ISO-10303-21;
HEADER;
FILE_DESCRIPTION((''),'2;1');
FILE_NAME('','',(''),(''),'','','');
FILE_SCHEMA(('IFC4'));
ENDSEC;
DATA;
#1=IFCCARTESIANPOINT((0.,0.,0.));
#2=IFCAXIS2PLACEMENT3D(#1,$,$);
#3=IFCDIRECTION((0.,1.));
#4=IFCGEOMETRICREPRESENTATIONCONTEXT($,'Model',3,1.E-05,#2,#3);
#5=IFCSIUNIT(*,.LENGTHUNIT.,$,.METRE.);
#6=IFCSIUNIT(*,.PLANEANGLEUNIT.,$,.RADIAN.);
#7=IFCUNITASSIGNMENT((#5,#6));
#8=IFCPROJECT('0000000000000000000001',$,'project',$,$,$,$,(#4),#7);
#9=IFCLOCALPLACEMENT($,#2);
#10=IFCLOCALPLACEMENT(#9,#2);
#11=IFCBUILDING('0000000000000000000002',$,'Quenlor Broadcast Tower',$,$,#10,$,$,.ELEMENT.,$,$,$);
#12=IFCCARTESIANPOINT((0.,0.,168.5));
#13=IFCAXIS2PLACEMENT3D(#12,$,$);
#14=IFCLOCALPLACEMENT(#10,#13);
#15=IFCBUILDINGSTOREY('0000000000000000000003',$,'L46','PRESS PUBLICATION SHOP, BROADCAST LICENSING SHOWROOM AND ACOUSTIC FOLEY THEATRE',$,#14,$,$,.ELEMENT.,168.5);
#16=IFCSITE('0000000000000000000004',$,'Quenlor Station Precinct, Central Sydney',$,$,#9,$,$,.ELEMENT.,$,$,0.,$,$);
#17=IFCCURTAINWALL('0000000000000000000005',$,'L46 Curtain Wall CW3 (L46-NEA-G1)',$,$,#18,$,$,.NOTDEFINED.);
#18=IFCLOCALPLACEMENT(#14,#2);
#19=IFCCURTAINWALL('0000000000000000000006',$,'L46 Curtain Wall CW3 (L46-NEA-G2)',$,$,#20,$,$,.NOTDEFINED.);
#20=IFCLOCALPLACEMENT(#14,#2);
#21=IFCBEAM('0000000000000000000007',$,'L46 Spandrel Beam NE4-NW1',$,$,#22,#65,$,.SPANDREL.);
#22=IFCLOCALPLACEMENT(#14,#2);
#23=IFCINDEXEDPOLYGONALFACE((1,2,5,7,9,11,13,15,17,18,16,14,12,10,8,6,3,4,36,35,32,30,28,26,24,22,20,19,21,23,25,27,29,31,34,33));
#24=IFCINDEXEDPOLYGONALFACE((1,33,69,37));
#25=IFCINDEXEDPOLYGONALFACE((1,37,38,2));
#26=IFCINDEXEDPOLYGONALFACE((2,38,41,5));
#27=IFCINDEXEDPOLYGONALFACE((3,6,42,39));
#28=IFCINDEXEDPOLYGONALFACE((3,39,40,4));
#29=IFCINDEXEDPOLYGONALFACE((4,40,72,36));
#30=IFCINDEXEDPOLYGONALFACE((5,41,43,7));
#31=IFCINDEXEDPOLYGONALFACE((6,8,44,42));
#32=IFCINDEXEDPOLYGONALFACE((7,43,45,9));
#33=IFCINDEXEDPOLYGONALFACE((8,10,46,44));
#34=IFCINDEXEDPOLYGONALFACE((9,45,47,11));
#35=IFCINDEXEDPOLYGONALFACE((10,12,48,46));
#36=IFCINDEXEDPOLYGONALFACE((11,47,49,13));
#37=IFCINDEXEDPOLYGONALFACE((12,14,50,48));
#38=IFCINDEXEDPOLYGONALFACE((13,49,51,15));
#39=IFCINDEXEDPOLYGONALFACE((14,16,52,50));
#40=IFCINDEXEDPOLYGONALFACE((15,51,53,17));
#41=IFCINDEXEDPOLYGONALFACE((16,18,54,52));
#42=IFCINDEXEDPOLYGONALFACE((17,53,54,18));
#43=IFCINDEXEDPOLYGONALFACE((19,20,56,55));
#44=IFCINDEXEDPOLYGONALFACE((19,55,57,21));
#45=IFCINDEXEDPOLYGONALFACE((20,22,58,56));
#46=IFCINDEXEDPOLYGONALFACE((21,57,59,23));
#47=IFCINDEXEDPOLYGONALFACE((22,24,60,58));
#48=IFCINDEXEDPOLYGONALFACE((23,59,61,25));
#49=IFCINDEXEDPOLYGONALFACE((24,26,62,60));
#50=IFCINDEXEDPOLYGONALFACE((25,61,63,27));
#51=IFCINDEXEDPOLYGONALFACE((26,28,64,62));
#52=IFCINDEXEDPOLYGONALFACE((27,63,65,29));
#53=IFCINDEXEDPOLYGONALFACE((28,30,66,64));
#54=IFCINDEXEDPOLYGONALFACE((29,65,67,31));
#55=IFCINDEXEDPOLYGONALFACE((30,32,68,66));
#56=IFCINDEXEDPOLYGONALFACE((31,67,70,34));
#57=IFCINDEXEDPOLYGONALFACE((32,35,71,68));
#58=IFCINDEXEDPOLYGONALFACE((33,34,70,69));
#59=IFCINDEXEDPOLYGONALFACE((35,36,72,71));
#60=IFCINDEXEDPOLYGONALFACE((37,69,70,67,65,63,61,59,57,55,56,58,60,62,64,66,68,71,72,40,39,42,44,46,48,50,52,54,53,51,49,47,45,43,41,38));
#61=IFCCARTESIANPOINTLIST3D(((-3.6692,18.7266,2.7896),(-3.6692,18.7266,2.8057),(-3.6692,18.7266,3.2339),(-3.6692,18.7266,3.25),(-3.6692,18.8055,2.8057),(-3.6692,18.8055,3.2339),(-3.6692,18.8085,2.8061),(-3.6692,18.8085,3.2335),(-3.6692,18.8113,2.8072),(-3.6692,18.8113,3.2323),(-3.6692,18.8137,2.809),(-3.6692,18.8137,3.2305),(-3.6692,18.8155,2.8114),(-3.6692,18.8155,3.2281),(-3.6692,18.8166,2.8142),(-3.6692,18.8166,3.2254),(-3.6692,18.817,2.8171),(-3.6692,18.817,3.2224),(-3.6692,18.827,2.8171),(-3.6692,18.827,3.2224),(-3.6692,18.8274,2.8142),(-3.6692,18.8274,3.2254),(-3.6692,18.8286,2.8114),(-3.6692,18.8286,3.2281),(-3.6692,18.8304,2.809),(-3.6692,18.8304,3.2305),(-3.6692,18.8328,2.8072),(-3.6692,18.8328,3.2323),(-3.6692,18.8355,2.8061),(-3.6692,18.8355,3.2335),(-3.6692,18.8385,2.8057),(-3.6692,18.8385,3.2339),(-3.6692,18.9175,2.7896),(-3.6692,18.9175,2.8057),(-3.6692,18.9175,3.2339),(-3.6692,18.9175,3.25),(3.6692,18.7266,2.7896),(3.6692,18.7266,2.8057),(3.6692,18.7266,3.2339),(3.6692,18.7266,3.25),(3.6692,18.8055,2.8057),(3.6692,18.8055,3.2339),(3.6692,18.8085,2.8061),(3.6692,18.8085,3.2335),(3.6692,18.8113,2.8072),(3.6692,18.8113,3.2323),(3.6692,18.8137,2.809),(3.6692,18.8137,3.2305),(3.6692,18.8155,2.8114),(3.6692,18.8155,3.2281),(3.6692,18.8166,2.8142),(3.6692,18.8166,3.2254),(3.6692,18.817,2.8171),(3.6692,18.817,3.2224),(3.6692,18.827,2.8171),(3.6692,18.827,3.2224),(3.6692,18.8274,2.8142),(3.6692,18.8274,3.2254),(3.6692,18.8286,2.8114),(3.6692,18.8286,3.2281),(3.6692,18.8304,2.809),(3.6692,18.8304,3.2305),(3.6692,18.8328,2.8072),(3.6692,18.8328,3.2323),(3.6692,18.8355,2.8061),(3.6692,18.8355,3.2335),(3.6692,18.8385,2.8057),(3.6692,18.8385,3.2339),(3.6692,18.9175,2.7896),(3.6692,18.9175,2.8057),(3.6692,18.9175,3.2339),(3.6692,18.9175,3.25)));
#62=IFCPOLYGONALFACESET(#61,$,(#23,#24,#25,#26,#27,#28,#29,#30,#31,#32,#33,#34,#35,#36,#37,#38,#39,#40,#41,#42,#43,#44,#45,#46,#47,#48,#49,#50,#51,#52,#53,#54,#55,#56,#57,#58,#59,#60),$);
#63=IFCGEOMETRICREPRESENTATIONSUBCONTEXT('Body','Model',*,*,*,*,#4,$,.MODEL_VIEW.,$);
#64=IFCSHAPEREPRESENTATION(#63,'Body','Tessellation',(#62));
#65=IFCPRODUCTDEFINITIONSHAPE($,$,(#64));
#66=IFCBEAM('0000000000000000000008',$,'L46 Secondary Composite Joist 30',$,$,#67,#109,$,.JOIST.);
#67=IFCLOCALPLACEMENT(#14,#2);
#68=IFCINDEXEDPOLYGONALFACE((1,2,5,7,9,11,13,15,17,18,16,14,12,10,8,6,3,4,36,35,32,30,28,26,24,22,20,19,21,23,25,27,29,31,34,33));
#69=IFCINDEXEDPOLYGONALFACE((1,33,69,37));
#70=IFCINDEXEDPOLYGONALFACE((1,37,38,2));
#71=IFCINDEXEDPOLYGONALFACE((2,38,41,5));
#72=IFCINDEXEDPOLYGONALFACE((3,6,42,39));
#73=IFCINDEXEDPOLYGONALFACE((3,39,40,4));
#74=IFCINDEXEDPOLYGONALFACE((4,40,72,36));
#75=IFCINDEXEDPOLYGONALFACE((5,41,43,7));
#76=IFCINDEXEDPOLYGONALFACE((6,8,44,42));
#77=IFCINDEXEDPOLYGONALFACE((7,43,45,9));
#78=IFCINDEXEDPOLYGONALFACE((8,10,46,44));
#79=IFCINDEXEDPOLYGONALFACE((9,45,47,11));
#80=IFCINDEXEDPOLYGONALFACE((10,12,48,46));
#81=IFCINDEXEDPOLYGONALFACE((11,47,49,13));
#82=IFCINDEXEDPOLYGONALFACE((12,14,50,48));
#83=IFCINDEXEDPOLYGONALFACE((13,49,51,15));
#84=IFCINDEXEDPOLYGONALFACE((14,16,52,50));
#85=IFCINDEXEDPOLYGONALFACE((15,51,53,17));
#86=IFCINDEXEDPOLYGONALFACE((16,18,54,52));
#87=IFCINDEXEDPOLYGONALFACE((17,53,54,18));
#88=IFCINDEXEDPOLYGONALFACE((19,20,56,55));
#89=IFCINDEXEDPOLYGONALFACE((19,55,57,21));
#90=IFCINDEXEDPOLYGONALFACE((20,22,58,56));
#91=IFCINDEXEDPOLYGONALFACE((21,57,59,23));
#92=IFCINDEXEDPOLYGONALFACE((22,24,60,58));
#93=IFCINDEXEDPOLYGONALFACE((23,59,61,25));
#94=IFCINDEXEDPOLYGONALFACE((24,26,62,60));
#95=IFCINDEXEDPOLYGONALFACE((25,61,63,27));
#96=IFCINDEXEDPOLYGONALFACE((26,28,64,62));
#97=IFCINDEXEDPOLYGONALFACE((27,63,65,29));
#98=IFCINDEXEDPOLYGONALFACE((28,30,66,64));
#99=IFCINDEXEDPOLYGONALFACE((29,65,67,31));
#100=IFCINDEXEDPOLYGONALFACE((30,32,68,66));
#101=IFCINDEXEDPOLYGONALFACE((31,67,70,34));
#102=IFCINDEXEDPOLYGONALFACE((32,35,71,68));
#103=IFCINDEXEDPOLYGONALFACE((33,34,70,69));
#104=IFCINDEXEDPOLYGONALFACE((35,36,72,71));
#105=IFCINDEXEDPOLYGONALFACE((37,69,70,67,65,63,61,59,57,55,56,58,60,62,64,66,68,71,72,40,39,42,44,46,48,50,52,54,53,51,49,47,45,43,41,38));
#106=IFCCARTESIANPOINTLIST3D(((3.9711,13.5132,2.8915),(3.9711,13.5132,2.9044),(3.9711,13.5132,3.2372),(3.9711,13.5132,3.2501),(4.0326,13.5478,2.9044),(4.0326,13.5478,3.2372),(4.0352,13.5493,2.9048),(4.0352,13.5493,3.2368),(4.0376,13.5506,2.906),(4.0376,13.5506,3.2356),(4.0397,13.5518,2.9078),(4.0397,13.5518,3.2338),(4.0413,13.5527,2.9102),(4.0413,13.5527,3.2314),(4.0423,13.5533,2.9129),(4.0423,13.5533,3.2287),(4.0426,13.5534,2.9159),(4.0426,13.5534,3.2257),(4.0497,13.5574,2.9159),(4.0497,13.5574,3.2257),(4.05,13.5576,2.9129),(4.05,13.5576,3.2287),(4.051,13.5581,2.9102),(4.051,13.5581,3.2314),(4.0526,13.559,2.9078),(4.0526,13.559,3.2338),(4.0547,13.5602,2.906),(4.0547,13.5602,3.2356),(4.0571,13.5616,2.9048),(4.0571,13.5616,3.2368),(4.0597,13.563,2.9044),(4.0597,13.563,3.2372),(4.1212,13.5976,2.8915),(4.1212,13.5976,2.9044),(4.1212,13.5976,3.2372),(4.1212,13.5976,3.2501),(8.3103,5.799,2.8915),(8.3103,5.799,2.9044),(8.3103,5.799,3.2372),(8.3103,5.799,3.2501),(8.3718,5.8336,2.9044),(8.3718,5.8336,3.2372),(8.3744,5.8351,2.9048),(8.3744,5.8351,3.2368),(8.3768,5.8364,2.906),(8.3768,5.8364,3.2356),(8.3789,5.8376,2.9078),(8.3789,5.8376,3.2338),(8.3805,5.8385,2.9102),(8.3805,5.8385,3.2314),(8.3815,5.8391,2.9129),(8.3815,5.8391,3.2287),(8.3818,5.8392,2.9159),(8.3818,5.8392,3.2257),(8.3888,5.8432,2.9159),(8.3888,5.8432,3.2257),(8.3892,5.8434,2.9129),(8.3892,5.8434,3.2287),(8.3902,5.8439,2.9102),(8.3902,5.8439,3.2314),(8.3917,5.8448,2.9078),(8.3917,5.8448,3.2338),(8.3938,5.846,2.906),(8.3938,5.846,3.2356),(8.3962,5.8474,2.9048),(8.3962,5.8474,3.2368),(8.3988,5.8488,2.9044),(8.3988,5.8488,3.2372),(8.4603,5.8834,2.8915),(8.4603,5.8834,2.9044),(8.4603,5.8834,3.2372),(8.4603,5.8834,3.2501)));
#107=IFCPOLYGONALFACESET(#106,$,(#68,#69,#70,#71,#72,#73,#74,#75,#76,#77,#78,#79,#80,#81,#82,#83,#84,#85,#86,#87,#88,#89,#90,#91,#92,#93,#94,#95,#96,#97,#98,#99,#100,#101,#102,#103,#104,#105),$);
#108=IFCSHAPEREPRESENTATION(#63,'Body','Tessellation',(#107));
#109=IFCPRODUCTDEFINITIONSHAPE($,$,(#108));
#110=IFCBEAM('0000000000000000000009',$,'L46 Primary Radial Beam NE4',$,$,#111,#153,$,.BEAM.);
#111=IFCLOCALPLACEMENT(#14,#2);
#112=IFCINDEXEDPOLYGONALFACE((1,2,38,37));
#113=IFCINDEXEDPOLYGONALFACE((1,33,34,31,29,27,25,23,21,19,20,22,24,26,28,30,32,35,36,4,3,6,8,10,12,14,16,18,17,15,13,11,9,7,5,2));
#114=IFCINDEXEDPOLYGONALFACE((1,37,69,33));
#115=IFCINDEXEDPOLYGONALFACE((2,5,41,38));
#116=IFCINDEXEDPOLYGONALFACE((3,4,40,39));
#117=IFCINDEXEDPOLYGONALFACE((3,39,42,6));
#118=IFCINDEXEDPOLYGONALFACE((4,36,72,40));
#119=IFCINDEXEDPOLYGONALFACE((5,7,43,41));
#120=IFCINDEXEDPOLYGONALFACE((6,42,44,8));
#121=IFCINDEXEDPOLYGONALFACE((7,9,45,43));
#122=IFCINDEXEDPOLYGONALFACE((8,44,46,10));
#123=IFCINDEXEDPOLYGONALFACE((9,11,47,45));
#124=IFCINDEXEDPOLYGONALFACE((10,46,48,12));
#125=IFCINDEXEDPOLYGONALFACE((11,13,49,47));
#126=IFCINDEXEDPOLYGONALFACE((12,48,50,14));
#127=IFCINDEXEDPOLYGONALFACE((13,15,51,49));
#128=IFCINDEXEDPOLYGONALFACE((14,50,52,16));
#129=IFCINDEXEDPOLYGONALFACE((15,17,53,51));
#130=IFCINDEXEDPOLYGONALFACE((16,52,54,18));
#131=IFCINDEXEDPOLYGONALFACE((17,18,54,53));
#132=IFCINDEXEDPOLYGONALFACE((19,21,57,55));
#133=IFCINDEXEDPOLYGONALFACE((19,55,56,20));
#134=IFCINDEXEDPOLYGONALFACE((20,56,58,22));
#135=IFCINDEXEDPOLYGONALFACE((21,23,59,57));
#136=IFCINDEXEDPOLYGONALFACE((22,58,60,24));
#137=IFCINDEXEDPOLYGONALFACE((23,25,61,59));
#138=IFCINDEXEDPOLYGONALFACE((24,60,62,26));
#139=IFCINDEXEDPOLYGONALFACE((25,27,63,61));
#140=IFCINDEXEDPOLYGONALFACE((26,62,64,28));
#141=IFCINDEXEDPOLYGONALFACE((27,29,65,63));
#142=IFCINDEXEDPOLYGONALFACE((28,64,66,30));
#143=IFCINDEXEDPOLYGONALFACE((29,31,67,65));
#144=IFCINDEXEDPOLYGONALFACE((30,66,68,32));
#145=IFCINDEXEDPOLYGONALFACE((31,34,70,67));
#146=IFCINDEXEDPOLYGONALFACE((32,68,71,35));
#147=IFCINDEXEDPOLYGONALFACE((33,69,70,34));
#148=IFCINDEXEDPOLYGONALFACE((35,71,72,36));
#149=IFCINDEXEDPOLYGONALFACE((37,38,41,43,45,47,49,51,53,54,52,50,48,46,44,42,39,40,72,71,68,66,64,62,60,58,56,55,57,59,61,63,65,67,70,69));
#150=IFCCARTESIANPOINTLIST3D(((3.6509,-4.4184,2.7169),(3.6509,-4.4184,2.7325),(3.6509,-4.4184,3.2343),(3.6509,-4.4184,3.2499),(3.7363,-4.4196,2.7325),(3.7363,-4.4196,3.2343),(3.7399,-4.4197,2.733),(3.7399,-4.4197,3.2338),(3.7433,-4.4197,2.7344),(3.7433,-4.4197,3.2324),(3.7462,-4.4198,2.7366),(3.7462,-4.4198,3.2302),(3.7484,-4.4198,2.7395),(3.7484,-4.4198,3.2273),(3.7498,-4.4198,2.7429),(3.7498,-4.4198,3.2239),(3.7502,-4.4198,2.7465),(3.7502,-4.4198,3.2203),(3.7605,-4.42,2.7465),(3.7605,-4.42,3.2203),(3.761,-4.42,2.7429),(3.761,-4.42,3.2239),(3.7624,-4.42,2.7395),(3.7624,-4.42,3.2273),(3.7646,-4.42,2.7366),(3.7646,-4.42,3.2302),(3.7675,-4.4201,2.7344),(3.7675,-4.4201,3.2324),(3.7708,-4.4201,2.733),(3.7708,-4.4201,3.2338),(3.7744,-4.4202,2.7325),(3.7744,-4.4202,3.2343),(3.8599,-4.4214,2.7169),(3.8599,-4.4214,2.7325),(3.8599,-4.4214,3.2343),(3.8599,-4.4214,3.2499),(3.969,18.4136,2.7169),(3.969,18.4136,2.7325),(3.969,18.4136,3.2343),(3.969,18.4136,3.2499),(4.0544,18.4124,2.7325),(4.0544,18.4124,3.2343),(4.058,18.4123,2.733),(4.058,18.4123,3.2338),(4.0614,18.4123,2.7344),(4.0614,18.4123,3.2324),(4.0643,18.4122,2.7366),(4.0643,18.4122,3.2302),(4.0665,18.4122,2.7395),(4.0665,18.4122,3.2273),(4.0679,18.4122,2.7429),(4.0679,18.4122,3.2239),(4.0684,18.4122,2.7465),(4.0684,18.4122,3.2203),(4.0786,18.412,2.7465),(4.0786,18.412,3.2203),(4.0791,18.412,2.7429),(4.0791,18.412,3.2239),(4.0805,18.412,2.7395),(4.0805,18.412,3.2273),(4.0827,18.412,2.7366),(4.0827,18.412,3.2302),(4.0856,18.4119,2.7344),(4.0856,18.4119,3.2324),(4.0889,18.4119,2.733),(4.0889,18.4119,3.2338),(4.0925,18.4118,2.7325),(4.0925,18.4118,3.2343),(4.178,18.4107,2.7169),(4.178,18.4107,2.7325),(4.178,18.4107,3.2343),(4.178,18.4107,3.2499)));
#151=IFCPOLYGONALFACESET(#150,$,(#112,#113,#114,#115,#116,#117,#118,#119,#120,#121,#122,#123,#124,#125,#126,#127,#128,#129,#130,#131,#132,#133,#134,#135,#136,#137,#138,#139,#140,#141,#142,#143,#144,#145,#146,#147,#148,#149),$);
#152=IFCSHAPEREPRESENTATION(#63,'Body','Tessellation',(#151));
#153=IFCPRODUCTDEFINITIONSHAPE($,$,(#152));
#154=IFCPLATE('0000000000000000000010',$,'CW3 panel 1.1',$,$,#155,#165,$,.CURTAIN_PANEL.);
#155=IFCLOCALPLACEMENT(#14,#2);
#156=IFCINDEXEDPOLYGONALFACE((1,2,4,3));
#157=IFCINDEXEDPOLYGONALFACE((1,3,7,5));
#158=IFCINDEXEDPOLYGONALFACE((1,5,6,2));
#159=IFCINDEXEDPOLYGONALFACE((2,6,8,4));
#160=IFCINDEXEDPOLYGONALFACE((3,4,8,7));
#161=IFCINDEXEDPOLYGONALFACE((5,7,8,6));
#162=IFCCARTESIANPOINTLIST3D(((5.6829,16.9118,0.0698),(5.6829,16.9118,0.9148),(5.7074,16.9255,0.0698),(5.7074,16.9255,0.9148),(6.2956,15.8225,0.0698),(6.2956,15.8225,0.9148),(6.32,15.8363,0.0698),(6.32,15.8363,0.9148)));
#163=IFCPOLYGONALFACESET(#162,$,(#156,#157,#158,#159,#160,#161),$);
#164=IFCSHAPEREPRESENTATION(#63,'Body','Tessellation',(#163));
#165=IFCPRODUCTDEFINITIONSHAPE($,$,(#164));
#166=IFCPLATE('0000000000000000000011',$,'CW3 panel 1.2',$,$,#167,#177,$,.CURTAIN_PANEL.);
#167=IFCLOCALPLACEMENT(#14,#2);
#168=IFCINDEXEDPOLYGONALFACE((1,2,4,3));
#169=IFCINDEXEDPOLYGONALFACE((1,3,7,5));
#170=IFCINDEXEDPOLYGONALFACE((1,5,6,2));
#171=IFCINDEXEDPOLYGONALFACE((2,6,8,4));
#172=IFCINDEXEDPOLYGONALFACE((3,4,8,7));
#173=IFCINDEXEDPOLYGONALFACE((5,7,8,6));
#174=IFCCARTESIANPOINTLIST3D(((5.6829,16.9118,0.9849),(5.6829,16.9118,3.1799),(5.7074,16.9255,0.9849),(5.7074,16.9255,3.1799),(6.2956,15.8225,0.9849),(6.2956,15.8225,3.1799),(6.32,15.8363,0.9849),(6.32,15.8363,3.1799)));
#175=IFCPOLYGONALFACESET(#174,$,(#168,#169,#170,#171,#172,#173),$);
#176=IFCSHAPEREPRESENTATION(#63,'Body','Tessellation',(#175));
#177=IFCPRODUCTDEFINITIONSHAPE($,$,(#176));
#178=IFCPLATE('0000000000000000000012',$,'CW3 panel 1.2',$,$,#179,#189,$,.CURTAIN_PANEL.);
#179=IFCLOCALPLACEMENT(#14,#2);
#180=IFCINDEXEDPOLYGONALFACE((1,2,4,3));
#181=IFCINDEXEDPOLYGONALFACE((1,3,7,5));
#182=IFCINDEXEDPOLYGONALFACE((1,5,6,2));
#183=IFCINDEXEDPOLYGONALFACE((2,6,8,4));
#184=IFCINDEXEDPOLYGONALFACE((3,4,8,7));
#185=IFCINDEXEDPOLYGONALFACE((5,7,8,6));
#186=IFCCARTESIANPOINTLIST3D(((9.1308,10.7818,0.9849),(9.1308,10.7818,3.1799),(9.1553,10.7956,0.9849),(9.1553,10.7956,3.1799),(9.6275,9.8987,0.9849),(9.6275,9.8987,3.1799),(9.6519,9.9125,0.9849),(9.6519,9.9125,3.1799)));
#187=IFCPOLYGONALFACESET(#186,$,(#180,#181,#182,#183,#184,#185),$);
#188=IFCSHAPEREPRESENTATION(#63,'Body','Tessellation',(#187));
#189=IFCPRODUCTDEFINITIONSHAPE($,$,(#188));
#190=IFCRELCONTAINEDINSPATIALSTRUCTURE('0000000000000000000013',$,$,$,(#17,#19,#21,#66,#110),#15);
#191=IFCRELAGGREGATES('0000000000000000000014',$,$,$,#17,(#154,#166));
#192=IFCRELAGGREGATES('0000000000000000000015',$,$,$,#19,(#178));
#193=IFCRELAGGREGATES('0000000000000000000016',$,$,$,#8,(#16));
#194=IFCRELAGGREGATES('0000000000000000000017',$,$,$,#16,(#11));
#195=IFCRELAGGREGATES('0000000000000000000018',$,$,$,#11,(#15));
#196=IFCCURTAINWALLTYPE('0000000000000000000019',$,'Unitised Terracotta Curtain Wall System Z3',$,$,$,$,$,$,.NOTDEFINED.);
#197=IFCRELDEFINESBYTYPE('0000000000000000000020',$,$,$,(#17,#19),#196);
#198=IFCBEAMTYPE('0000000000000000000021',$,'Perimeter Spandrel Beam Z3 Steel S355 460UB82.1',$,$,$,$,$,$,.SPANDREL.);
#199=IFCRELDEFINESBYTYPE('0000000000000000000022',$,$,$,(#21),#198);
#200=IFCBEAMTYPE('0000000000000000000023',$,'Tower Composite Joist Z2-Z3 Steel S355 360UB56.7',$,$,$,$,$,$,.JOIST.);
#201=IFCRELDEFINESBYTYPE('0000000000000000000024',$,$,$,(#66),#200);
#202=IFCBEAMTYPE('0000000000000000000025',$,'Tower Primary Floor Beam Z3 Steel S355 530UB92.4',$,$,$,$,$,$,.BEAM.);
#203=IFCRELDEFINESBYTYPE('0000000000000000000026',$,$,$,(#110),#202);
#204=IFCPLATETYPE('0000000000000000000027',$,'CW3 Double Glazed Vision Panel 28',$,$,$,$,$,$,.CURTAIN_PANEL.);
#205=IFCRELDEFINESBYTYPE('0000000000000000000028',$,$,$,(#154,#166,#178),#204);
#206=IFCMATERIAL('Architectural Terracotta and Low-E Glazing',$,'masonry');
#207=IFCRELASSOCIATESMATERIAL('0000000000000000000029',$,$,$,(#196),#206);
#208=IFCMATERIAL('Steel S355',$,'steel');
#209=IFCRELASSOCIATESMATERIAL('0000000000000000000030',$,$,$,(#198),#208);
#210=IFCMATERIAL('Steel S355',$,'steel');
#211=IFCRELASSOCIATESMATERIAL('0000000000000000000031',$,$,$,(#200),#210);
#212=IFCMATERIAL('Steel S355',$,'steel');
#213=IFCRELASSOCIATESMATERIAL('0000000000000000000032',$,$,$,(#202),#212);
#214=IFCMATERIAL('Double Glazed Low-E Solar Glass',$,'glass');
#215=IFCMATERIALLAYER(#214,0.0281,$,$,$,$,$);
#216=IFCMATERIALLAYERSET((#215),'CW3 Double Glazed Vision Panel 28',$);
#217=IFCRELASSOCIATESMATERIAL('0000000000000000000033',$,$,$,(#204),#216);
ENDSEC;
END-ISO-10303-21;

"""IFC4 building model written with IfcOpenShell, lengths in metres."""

from ifc_helpers import new_model, si_unit, direction, frame, origin, origin_2d, place, context, subcontext, project, spatial, rectangle, i_section, extrude, material, layer, layer_set, material_profile, profile_set, type_object, element, aggregate, save


model = new_model("IFC4")

# Units and contexts
model_context = context("Model", 3, precision=1e-05, world=origin(), true_north=direction((0.0, 1.0)))
body_context = subcontext(model_context, "Body", "Model", "MODEL_VIEW")
ifc_project = project(units=[si_unit("LENGTHUNIT", "METRE"), si_unit("PLANEANGLEUNIT", "RADIAN")], contexts=[model_context])

# Site, building, storey
site_placement = place(None, origin())
site = spatial("IfcSite", under=ifc_project, at=site_placement, Name="Quenlor Station Precinct, Central Sydney", CompositionType="ELEMENT", RefElevation=0.0)
building_placement = place(site_placement, origin())
building = spatial("IfcBuilding", under=site, at=building_placement, Name="Quenlor Broadcast Tower", CompositionType="ELEMENT")
storey_placement = place(building_placement, frame((0.0, 0.0, 168.5)))
storey = spatial("IfcBuildingStorey", under=building, at=storey_placement, Name="L46", Description="PRESS PUBLICATION SHOP, BROADCAST LICENSING SHOWROOM AND ACOUSTIC FOLEY THEATRE", CompositionType="ELEMENT", Elevation=168.5)

# Curtain wall
ifc_material_1 = material(Name="Architectural Terracotta and Low-E Glazing", Category="masonry")
curtain_wall_type = type_object("IfcCurtainWallType", Name="Unitised Terracotta Curtain Wall System Z3", PredefinedType="NOTDEFINED", material=ifc_material_1)
curtain_wall_1_placement = place(storey_placement, origin())
curtain_wall_1 = element("IfcCurtainWall", 1, at=curtain_wall_1_placement, inside=storey, type_object=curtain_wall_type, Name="L46 Curtain Wall CW3 (L46-NEA-G1)", PredefinedType="NOTDEFINED")

# Curtain wall
curtain_wall_2_placement = place(storey_placement, origin())
curtain_wall_2 = element("IfcCurtainWall", 2, at=curtain_wall_2_placement, inside=storey, type_object=curtain_wall_type, Name="L46 Curtain Wall CW3 (L46-NEA-G2)", PredefinedType="NOTDEFINED")

# Beams
ifc_material_2 = material(Name="Steel S355", Category="steel")
ifc_material_profile_1 = material_profile(ifc_material_2, i_section(OverallWidth=0.1909, OverallDepth=0.4604, WebThickness=0.01, FlangeThickness=0.0161, FilletRadius=0.0115, at=origin_2d()))
ifc_profile_set_1 = profile_set([ifc_material_profile_1], Name="Steel S355 460UB82.1")
beam_type_1 = type_object("IfcBeamType", Name="Perimeter Spandrel Beam Z3 Steel S355 460UB82.1", PredefinedType="SPANDREL", material=ifc_profile_set_1)
beam_1_placement = place(storey_placement, frame((3.6692, 18.822, 3.0198), z_axis=(-1.0, 0.0, 0.0), x_axis=(0.0, -1.0, 0.0)))
element("IfcBeam", 3, at=beam_1_placement, inside=storey, type_object=beam_type_1, Name="L46 Spandrel Beam NE4-NW1", PredefinedType="SPANDREL", context=body_context, shape_type="SweptSolid", body=[
    extrude(i_section(OverallWidth=0.1909, OverallDepth=0.4604, WebThickness=0.01, FlangeThickness=0.0161, FilletRadius=0.0115, at=origin_2d()), origin(), (0.0, 0.0, 1.0), 7.3384),
])
ifc_material_3 = material(Name="Steel S355", Category="steel")
ifc_material_profile_2 = material_profile(ifc_material_3, i_section(OverallWidth=0.1721, OverallDepth=0.3586, WebThickness=0.0081, FlangeThickness=0.0129, FilletRadius=0.0115, at=origin_2d()))
ifc_profile_set_2 = profile_set([ifc_material_profile_2], Name="Steel S355 360UB56.7")
beam_type_2 = type_object("IfcBeamType", Name="Tower Composite Joist Z2-Z3 Steel S355 360UB56.7", PredefinedType="JOIST", material=ifc_profile_set_2)
beam_2_placement = place(storey_placement, frame((4.0461, 13.5554, 3.0708), z_axis=(0.490255, -0.871579, 0.0), x_axis=(0.871579, 0.490255, 0.0)))
element("IfcBeam", 4, at=beam_2_placement, inside=storey, type_object=beam_type_2, Name="L46 Secondary Composite Joist 30", PredefinedType="JOIST", context=body_context, shape_type="SweptSolid", body=[
    extrude(i_section(OverallWidth=0.1721, OverallDepth=0.3586, WebThickness=0.0081, FlangeThickness=0.0129, FilletRadius=0.0115, at=origin_2d()), origin(), (0.0, 0.0, 1.0), 8.8508),
])
ifc_material_4 = material(Name="Steel S355", Category="steel")
ifc_material_profile_3 = material_profile(ifc_material_4, i_section(OverallWidth=0.209, OverallDepth=0.533, WebThickness=0.0103, FlangeThickness=0.0156, FilletRadius=0.0139, at=origin_2d()))
ifc_profile_set_3 = profile_set([ifc_material_profile_3], Name="Steel S355 530UB92.4")
beam_type_3 = type_object("IfcBeamType", Name="Tower Primary Floor Beam Z3 Steel S355 530UB92.4", PredefinedType="BEAM", material=ifc_profile_set_3)
beam_3_placement = place(storey_placement, frame((4.0735, 18.4121, 2.9834), z_axis=(-0.013931, -0.999903, 0.0), x_axis=(0.999903, -0.013931, 0.0)))
element("IfcBeam", 5, at=beam_3_placement, inside=storey, type_object=beam_type_3, Name="L46 Primary Radial Beam NE4", PredefinedType="BEAM", context=body_context, shape_type="SweptSolid", body=[
    extrude(i_section(OverallWidth=0.209, OverallDepth=0.533, WebThickness=0.0103, FlangeThickness=0.0156, FilletRadius=0.0139, at=origin_2d()), origin(), (0.0, 0.0, 1.0), 22.8342),
])

# Plates
ifc_material_5 = material(Name="Double Glazed Low-E Solar Glass", Category="glass")
ifc_layer_1 = layer(ifc_material_5, 0.0281)
ifc_layer_set_1 = layer_set([ifc_layer_1], Name="CW3 Double Glazed Vision Panel 28")
plate_type_1 = type_object("IfcPlateType", Name="CW3 Double Glazed Vision Panel 28", PredefinedType="CURTAIN_PANEL", material=ifc_layer_set_1)
plate_1_placement = place(storey_placement, frame((6.0015, 16.374, 0.0698), z_axis=(0.0, 0.0, 1.0), x_axis=(0.49023, -0.871593, 0.0)))
plate_1 = element("IfcPlate", 6, at=plate_1_placement, type_object=plate_type_1, Name="CW3 panel 1.1", PredefinedType="CURTAIN_PANEL", context=body_context, shape_type="SweptSolid", body=[
    extrude(rectangle(XDim=1.2498, YDim=0.0281, at=origin_2d()), origin(), (0.0, 0.0, 1.0), 0.845),
])
plate_2_placement = place(storey_placement, frame((6.0015, 16.374, 0.9849), z_axis=(0.0, 0.0, 1.0), x_axis=(0.49023, -0.871593, 0.0)))
plate_2 = element("IfcPlate", 7, at=plate_2_placement, type_object=plate_type_1, Name="CW3 panel 1.2", PredefinedType="CURTAIN_PANEL", context=body_context, shape_type="SweptSolid", body=[
    extrude(rectangle(XDim=1.2498, YDim=0.0281, at=origin_2d()), origin(), (0.0, 0.0, 1.0), 2.1951),
])
aggregate(curtain_wall_1, [plate_1, plate_2])
plate_3_placement = place(storey_placement, frame((9.3914, 10.3472, 0.9849), z_axis=(0.0, 0.0, 1.0), x_axis=(0.490216, -0.871601, 0.0)))
plate_3 = element("IfcPlate", 8, at=plate_3_placement, type_object=plate_type_1, Name="CW3 panel 1.2", PredefinedType="CURTAIN_PANEL", context=body_context, shape_type="SweptSolid", body=[
    extrude(rectangle(XDim=1.0132, YDim=0.0281, at=origin_2d()), origin(), (0.0, 0.0, 1.0), 2.1951),
])
aggregate(curtain_wall_2, [plate_3])

save(model, "model.ifc")
